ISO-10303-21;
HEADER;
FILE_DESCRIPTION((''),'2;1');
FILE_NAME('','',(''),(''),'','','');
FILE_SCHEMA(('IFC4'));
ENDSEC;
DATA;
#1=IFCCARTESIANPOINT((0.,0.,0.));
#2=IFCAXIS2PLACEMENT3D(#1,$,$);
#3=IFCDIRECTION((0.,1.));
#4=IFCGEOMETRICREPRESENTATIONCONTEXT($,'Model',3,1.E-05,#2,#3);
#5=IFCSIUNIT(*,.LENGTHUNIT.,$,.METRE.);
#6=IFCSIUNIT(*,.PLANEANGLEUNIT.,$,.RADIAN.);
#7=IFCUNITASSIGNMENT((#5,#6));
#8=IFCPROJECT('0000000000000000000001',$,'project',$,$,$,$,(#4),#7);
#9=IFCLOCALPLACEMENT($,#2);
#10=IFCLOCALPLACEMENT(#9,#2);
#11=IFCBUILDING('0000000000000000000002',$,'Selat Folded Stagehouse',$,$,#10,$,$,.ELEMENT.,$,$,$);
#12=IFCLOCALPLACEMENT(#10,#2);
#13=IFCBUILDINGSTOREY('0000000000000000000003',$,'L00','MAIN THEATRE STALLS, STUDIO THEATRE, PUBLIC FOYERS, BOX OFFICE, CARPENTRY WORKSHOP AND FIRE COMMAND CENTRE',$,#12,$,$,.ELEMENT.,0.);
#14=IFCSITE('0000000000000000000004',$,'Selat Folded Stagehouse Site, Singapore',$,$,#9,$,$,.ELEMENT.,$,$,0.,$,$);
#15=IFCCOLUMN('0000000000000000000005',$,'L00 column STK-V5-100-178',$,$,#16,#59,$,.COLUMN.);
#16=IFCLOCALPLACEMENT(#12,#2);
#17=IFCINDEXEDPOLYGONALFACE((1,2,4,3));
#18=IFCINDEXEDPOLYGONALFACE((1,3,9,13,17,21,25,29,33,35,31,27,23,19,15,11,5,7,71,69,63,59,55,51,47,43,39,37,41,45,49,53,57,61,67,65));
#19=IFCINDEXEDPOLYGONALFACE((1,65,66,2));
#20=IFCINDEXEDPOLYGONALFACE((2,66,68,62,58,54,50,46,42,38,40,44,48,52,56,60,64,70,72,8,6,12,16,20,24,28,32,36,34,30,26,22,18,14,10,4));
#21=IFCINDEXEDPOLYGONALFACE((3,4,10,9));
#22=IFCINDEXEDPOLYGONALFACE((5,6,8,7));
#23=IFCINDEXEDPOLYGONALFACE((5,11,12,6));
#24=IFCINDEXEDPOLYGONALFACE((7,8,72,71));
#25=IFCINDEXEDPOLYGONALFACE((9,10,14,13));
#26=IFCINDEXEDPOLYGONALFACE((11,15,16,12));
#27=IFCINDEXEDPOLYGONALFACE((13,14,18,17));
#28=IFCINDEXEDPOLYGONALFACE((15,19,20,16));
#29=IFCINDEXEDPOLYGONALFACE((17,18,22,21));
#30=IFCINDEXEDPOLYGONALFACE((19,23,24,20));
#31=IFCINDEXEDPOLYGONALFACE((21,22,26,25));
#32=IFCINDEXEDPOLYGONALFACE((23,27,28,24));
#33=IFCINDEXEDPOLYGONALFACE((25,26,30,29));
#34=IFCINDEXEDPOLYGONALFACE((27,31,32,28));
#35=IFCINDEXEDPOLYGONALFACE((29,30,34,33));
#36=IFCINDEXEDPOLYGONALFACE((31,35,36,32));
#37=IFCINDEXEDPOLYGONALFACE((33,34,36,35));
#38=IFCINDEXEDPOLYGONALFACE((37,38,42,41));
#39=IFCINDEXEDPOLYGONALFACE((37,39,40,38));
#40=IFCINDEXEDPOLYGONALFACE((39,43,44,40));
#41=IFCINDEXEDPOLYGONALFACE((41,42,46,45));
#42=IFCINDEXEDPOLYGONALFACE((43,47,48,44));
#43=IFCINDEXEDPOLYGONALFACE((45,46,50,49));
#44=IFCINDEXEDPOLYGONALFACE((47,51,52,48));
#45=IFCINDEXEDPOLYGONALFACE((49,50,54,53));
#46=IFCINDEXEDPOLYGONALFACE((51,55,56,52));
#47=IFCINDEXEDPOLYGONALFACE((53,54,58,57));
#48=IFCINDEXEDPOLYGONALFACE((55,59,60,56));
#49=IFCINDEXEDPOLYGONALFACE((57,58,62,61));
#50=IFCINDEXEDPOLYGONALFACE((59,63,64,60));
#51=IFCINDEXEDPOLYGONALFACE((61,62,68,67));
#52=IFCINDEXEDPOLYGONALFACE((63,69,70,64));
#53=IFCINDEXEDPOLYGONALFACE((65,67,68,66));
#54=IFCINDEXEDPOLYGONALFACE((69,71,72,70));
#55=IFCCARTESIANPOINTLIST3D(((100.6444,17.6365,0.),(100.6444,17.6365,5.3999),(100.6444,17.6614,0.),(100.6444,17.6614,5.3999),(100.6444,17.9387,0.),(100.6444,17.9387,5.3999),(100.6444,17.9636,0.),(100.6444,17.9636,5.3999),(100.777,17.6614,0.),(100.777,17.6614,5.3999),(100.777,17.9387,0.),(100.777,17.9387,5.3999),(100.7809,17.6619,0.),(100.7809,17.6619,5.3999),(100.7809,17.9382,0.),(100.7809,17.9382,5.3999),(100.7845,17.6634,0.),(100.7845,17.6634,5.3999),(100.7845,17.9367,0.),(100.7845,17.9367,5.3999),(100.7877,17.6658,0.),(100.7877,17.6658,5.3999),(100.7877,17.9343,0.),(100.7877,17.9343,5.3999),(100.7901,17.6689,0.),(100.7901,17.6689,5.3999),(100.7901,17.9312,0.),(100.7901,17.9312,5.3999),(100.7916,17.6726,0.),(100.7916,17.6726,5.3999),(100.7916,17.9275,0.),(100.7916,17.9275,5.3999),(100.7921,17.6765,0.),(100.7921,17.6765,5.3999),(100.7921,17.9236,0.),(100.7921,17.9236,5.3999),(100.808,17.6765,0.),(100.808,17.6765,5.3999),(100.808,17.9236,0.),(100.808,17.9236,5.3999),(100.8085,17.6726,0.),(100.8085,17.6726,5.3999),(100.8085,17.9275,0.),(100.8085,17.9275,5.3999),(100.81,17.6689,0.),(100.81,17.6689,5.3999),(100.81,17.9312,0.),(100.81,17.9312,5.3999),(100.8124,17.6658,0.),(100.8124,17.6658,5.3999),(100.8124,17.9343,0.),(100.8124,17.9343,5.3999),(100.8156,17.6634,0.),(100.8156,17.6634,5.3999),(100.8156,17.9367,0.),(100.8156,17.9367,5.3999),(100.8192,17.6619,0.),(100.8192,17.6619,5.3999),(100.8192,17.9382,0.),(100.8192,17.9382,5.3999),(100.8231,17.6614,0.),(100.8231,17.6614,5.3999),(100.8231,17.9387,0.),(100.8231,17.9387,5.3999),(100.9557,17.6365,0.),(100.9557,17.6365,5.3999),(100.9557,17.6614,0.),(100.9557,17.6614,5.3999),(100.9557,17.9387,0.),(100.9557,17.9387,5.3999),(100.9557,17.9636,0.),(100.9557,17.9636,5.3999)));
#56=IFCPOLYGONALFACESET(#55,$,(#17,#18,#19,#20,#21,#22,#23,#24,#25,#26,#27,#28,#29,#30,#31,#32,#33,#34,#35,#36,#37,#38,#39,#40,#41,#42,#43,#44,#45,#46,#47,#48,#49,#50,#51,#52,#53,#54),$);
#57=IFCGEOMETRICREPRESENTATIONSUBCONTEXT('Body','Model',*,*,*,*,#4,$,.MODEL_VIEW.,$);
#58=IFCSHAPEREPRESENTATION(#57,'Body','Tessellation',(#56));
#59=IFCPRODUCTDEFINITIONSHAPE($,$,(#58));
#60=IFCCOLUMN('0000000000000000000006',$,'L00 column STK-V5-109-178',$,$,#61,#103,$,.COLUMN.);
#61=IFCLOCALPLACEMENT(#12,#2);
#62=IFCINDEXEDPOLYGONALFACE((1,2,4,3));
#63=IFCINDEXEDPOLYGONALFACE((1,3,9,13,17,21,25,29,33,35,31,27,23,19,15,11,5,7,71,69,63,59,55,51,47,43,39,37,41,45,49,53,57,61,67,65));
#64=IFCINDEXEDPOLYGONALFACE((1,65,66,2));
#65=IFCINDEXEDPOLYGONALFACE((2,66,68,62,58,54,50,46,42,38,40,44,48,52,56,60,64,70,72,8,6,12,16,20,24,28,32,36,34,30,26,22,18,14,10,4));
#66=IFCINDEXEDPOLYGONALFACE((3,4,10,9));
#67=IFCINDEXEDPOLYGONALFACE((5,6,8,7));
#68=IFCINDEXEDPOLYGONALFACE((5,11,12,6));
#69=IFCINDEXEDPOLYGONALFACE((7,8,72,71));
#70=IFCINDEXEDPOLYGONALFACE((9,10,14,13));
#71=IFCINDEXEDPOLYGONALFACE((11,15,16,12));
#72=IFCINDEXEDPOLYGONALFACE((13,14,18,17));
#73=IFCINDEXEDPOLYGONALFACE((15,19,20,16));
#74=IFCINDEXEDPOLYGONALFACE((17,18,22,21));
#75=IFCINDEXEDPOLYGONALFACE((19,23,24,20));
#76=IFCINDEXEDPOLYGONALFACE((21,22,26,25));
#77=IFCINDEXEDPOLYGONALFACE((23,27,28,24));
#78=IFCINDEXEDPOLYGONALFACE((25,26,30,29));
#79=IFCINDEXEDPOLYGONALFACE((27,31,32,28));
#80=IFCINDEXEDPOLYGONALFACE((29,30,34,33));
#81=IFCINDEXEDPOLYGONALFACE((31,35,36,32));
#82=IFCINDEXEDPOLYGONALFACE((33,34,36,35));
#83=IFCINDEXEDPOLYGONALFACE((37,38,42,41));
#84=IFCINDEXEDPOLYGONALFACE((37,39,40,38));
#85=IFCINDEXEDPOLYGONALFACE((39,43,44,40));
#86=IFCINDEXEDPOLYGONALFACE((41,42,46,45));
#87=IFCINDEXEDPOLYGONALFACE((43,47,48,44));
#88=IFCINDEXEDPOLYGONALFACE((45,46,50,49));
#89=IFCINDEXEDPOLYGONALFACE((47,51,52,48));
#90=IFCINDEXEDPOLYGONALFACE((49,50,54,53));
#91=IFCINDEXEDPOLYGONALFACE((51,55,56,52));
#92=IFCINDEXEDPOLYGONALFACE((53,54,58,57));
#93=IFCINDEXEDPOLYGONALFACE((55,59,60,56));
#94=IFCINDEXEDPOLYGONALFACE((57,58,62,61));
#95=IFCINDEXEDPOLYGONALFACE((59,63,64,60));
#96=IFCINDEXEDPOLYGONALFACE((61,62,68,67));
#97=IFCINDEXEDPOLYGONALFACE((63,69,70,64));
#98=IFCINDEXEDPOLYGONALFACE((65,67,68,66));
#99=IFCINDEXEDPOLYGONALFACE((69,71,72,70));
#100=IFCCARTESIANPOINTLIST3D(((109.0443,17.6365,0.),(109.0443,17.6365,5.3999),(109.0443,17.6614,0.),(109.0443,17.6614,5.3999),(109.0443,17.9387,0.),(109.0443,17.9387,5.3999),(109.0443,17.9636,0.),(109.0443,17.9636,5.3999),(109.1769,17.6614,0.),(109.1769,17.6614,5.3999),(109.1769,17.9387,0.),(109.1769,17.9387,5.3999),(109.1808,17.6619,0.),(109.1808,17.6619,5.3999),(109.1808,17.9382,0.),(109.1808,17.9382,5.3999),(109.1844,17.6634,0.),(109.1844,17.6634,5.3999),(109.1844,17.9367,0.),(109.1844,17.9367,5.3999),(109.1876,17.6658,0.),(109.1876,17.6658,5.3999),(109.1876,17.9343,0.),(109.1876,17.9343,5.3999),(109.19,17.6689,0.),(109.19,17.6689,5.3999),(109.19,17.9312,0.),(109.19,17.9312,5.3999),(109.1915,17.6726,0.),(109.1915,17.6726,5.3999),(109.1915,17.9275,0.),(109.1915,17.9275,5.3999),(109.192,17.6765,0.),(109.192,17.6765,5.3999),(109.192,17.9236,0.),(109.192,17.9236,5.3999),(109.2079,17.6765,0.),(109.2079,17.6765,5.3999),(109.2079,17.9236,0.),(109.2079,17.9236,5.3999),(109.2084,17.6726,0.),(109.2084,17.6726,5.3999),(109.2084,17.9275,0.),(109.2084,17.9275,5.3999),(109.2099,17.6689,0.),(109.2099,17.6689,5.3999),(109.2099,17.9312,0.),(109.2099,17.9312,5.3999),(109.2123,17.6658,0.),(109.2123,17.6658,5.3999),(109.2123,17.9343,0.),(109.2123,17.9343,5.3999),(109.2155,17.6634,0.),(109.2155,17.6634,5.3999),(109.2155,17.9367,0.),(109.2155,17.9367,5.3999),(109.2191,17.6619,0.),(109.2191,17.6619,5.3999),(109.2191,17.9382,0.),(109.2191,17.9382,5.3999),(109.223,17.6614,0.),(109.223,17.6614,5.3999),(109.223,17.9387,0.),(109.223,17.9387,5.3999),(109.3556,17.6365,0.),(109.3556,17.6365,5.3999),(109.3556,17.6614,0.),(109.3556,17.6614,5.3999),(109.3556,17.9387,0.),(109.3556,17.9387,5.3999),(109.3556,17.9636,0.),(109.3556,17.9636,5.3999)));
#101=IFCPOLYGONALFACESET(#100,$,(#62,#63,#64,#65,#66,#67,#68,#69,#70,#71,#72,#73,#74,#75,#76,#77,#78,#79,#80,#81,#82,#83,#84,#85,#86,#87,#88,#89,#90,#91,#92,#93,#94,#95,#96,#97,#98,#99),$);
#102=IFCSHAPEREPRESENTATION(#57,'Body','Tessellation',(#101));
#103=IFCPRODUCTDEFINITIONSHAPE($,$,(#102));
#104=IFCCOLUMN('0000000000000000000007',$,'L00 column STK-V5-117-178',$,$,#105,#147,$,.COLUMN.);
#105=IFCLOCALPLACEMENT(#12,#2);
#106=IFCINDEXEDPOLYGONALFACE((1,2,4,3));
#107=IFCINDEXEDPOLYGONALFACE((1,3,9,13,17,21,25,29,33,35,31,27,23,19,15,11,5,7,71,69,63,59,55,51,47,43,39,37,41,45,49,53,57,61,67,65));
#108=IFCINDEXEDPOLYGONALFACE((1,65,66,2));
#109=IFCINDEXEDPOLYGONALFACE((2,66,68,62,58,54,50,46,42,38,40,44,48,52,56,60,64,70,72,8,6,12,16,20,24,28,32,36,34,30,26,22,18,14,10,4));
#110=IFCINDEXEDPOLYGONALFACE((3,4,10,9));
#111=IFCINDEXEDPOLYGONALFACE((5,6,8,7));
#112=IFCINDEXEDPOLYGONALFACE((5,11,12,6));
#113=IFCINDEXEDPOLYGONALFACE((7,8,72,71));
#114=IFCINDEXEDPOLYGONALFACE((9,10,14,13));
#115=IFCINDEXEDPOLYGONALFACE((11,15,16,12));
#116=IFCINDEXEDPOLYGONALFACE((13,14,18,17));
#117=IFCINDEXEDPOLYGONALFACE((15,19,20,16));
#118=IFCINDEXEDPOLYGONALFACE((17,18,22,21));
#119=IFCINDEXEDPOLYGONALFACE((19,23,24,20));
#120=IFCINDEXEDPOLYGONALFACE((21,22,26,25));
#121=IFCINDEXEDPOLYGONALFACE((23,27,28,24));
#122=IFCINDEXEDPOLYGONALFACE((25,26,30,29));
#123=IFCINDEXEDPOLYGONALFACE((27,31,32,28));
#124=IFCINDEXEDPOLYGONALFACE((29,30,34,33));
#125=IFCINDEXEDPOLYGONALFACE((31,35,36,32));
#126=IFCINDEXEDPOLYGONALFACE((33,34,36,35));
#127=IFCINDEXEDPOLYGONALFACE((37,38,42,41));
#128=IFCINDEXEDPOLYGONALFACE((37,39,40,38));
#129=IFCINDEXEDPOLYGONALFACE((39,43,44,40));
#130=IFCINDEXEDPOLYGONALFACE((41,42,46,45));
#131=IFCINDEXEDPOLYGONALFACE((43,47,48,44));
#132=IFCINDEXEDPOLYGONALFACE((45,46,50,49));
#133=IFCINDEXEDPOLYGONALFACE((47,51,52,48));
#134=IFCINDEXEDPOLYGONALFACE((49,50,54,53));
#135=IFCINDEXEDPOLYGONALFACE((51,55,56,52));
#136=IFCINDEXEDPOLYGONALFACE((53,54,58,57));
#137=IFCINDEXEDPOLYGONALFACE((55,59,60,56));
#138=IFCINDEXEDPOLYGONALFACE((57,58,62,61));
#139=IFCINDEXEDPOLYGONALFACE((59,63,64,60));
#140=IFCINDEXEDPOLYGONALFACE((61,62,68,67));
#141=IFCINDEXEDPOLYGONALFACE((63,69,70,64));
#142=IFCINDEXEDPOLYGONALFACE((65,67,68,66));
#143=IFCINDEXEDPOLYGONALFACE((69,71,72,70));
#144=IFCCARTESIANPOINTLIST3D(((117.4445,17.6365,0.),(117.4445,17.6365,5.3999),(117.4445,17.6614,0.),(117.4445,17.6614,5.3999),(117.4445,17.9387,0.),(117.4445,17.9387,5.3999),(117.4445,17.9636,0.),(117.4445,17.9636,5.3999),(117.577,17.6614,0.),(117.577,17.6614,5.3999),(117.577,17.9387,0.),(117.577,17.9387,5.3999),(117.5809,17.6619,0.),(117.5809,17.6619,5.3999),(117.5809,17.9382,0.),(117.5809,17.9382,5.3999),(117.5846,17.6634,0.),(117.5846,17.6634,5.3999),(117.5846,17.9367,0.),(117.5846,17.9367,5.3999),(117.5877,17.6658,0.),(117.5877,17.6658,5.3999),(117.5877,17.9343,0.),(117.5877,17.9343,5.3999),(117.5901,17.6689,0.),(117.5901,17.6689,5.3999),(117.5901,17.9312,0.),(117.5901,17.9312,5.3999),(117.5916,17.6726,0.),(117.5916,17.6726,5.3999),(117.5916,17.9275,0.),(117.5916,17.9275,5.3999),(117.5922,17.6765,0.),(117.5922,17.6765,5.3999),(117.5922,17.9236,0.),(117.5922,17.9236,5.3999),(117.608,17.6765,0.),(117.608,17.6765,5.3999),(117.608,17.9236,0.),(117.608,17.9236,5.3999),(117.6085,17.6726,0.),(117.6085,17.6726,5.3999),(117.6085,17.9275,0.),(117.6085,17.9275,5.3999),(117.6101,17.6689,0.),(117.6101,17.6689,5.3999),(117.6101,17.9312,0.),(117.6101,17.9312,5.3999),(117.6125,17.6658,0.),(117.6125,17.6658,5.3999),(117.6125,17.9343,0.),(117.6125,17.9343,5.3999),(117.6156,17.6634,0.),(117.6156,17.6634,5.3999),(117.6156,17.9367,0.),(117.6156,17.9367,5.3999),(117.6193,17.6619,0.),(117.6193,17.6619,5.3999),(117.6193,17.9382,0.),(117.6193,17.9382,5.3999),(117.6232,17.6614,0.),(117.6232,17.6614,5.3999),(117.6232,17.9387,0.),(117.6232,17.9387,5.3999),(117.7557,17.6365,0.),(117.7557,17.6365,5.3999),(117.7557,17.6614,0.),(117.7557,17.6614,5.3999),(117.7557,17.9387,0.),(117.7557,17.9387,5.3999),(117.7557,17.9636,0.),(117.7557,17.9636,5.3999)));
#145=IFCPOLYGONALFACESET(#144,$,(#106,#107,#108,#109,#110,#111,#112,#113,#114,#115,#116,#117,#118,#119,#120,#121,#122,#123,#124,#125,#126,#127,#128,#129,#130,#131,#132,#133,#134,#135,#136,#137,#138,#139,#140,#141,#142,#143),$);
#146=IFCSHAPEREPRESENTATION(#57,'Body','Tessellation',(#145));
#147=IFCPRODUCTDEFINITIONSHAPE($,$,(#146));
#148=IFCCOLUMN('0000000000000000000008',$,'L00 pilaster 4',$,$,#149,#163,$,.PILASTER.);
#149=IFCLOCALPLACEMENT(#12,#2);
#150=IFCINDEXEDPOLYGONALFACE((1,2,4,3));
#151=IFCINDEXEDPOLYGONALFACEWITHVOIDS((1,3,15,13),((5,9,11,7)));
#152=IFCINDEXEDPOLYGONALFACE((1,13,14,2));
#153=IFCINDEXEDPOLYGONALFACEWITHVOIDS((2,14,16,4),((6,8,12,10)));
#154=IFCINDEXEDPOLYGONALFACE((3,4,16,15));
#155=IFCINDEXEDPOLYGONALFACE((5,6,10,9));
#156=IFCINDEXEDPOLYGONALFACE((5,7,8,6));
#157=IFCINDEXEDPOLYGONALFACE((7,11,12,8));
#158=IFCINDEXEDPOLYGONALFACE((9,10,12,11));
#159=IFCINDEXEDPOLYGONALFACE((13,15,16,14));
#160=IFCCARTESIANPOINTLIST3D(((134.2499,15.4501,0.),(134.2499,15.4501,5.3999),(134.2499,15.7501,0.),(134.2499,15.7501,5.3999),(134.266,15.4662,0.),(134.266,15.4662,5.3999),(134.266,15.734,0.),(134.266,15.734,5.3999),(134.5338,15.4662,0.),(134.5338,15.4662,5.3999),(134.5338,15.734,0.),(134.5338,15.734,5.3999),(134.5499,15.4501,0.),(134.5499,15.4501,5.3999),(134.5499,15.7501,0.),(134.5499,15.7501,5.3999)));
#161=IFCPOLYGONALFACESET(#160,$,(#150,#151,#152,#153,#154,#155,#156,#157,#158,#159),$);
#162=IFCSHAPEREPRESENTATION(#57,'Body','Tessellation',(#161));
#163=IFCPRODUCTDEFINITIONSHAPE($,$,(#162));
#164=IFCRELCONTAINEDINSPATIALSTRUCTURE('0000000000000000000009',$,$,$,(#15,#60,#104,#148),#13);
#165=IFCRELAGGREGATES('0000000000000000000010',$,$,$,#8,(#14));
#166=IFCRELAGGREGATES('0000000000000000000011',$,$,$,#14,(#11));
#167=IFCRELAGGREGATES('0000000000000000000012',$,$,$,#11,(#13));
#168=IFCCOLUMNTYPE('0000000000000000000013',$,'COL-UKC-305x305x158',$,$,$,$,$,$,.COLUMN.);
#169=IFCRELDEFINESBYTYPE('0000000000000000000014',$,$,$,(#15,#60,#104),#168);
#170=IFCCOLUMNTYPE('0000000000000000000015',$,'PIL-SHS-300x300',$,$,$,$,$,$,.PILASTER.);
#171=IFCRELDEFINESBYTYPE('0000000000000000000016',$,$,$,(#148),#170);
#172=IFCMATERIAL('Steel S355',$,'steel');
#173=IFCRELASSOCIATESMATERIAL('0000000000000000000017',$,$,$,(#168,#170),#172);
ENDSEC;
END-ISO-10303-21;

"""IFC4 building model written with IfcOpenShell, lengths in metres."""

from ifc_helpers import new_model, si_unit, direction, frame, origin, origin_2d, place, context, subcontext, project, spatial, hollow_rectangle, i_section, extrude, material, material_profile, profile_set, type_object, element, save


model = new_model("IFC4")

# Units and contexts
model_context = context("Model", 3, precision=1e-05, world=origin(), true_north=direction((0.0, 1.0)))
body_context = subcontext(model_context, "Body", "Model", "MODEL_VIEW")
ifc_project = project(units=[si_unit("LENGTHUNIT", "METRE"), si_unit("PLANEANGLEUNIT", "RADIAN")], contexts=[model_context])

# Site, building, storey
site_placement = place(None, origin())
site = spatial("IfcSite", under=ifc_project, at=site_placement, Name="Selat Folded Stagehouse Site, Singapore", CompositionType="ELEMENT", RefElevation=0.0)
building_placement = place(site_placement, origin())
building = spatial("IfcBuilding", under=site, at=building_placement, Name="Selat Folded Stagehouse", CompositionType="ELEMENT")
storey_placement = place(building_placement, origin())
storey = spatial("IfcBuildingStorey", under=building, at=storey_placement, Name="L00", Description="MAIN THEATRE STALLS, STUDIO THEATRE, PUBLIC FOYERS, BOX OFFICE, CARPENTRY WORKSHOP AND FIRE COMMAND CENTRE", CompositionType="ELEMENT", Elevation=0.0)

# Columns
ifc_material_1 = material(Name="Steel S355", Category="steel")
ifc_material_profile_1 = material_profile(ifc_material_1, i_section(OverallWidth=0.3113, OverallDepth=0.3271, WebThickness=0.0159, FlangeThickness=0.0249, FilletRadius=0.0151, at=origin_2d()), Name="UKC 305x305x158")
ifc_profile_set_1 = profile_set([ifc_material_profile_1], Name="Steel S355")
column_type_1 = type_object("IfcColumnType", Name="COL-UKC-305x305x158", PredefinedType="COLUMN", material=ifc_profile_set_1)
for number, where, z_axis, x_axis, name in (
    (1, (100.8, 17.8, 0.0), (0.0, 0.0, 1.0), (1.0, 0.0, 0.0), "L00 column STK-V5-100-178"),
    (2, (109.2, 17.8, 0.0), (0.0, 0.0, 1.0), (1.0, 0.0, 0.0), "L00 column STK-V5-109-178"),
    (3, (117.6001, 17.8, 0.0), (0.0, 0.0, 1.0), (1.0, 0.0, 0.0), "L00 column STK-V5-117-178"),
):
    element("IfcColumn", number, at=place(storey_placement, frame(where, z_axis=z_axis, x_axis=x_axis)), inside=storey, type_object=column_type_1, Name=name, PredefinedType="COLUMN", context=body_context, shape_type="SweptSolid", body=[
        extrude(i_section(OverallWidth=0.3113, OverallDepth=0.3271, WebThickness=0.0159, FlangeThickness=0.0249, FilletRadius=0.0151, at=origin_2d()), origin(), (0.0, 0.0, 1.0), 5.3999),
    ])
ifc_material_profile_2 = material_profile(ifc_material_1, hollow_rectangle(XDim=0.3, YDim=0.3, WallThickness=0.0161, at=origin_2d()), Name="SHS 300x300x16.0")
ifc_profile_set_2 = profile_set([ifc_material_profile_2], Name="Steel S355")
column_type_2 = type_object("IfcColumnType", Name="PIL-SHS-300x300", PredefinedType="PILASTER", material=ifc_profile_set_2)
column_placement = place(storey_placement, frame((134.3999, 15.6001, 0.0), z_axis=(0.0, 0.0, 1.0), x_axis=(1.0, 0.0, 0.0)))
element("IfcColumn", 4, at=column_placement, inside=storey, type_object=column_type_2, Name="L00 pilaster 4", PredefinedType="PILASTER", context=body_context, shape_type="SweptSolid", body=[
    extrude(hollow_rectangle(XDim=0.3, YDim=0.3, WallThickness=0.0161, at=origin_2d()), origin(), (0.0, 0.0, 1.0), 5.3999),
])

save(model, "model.ifc")
